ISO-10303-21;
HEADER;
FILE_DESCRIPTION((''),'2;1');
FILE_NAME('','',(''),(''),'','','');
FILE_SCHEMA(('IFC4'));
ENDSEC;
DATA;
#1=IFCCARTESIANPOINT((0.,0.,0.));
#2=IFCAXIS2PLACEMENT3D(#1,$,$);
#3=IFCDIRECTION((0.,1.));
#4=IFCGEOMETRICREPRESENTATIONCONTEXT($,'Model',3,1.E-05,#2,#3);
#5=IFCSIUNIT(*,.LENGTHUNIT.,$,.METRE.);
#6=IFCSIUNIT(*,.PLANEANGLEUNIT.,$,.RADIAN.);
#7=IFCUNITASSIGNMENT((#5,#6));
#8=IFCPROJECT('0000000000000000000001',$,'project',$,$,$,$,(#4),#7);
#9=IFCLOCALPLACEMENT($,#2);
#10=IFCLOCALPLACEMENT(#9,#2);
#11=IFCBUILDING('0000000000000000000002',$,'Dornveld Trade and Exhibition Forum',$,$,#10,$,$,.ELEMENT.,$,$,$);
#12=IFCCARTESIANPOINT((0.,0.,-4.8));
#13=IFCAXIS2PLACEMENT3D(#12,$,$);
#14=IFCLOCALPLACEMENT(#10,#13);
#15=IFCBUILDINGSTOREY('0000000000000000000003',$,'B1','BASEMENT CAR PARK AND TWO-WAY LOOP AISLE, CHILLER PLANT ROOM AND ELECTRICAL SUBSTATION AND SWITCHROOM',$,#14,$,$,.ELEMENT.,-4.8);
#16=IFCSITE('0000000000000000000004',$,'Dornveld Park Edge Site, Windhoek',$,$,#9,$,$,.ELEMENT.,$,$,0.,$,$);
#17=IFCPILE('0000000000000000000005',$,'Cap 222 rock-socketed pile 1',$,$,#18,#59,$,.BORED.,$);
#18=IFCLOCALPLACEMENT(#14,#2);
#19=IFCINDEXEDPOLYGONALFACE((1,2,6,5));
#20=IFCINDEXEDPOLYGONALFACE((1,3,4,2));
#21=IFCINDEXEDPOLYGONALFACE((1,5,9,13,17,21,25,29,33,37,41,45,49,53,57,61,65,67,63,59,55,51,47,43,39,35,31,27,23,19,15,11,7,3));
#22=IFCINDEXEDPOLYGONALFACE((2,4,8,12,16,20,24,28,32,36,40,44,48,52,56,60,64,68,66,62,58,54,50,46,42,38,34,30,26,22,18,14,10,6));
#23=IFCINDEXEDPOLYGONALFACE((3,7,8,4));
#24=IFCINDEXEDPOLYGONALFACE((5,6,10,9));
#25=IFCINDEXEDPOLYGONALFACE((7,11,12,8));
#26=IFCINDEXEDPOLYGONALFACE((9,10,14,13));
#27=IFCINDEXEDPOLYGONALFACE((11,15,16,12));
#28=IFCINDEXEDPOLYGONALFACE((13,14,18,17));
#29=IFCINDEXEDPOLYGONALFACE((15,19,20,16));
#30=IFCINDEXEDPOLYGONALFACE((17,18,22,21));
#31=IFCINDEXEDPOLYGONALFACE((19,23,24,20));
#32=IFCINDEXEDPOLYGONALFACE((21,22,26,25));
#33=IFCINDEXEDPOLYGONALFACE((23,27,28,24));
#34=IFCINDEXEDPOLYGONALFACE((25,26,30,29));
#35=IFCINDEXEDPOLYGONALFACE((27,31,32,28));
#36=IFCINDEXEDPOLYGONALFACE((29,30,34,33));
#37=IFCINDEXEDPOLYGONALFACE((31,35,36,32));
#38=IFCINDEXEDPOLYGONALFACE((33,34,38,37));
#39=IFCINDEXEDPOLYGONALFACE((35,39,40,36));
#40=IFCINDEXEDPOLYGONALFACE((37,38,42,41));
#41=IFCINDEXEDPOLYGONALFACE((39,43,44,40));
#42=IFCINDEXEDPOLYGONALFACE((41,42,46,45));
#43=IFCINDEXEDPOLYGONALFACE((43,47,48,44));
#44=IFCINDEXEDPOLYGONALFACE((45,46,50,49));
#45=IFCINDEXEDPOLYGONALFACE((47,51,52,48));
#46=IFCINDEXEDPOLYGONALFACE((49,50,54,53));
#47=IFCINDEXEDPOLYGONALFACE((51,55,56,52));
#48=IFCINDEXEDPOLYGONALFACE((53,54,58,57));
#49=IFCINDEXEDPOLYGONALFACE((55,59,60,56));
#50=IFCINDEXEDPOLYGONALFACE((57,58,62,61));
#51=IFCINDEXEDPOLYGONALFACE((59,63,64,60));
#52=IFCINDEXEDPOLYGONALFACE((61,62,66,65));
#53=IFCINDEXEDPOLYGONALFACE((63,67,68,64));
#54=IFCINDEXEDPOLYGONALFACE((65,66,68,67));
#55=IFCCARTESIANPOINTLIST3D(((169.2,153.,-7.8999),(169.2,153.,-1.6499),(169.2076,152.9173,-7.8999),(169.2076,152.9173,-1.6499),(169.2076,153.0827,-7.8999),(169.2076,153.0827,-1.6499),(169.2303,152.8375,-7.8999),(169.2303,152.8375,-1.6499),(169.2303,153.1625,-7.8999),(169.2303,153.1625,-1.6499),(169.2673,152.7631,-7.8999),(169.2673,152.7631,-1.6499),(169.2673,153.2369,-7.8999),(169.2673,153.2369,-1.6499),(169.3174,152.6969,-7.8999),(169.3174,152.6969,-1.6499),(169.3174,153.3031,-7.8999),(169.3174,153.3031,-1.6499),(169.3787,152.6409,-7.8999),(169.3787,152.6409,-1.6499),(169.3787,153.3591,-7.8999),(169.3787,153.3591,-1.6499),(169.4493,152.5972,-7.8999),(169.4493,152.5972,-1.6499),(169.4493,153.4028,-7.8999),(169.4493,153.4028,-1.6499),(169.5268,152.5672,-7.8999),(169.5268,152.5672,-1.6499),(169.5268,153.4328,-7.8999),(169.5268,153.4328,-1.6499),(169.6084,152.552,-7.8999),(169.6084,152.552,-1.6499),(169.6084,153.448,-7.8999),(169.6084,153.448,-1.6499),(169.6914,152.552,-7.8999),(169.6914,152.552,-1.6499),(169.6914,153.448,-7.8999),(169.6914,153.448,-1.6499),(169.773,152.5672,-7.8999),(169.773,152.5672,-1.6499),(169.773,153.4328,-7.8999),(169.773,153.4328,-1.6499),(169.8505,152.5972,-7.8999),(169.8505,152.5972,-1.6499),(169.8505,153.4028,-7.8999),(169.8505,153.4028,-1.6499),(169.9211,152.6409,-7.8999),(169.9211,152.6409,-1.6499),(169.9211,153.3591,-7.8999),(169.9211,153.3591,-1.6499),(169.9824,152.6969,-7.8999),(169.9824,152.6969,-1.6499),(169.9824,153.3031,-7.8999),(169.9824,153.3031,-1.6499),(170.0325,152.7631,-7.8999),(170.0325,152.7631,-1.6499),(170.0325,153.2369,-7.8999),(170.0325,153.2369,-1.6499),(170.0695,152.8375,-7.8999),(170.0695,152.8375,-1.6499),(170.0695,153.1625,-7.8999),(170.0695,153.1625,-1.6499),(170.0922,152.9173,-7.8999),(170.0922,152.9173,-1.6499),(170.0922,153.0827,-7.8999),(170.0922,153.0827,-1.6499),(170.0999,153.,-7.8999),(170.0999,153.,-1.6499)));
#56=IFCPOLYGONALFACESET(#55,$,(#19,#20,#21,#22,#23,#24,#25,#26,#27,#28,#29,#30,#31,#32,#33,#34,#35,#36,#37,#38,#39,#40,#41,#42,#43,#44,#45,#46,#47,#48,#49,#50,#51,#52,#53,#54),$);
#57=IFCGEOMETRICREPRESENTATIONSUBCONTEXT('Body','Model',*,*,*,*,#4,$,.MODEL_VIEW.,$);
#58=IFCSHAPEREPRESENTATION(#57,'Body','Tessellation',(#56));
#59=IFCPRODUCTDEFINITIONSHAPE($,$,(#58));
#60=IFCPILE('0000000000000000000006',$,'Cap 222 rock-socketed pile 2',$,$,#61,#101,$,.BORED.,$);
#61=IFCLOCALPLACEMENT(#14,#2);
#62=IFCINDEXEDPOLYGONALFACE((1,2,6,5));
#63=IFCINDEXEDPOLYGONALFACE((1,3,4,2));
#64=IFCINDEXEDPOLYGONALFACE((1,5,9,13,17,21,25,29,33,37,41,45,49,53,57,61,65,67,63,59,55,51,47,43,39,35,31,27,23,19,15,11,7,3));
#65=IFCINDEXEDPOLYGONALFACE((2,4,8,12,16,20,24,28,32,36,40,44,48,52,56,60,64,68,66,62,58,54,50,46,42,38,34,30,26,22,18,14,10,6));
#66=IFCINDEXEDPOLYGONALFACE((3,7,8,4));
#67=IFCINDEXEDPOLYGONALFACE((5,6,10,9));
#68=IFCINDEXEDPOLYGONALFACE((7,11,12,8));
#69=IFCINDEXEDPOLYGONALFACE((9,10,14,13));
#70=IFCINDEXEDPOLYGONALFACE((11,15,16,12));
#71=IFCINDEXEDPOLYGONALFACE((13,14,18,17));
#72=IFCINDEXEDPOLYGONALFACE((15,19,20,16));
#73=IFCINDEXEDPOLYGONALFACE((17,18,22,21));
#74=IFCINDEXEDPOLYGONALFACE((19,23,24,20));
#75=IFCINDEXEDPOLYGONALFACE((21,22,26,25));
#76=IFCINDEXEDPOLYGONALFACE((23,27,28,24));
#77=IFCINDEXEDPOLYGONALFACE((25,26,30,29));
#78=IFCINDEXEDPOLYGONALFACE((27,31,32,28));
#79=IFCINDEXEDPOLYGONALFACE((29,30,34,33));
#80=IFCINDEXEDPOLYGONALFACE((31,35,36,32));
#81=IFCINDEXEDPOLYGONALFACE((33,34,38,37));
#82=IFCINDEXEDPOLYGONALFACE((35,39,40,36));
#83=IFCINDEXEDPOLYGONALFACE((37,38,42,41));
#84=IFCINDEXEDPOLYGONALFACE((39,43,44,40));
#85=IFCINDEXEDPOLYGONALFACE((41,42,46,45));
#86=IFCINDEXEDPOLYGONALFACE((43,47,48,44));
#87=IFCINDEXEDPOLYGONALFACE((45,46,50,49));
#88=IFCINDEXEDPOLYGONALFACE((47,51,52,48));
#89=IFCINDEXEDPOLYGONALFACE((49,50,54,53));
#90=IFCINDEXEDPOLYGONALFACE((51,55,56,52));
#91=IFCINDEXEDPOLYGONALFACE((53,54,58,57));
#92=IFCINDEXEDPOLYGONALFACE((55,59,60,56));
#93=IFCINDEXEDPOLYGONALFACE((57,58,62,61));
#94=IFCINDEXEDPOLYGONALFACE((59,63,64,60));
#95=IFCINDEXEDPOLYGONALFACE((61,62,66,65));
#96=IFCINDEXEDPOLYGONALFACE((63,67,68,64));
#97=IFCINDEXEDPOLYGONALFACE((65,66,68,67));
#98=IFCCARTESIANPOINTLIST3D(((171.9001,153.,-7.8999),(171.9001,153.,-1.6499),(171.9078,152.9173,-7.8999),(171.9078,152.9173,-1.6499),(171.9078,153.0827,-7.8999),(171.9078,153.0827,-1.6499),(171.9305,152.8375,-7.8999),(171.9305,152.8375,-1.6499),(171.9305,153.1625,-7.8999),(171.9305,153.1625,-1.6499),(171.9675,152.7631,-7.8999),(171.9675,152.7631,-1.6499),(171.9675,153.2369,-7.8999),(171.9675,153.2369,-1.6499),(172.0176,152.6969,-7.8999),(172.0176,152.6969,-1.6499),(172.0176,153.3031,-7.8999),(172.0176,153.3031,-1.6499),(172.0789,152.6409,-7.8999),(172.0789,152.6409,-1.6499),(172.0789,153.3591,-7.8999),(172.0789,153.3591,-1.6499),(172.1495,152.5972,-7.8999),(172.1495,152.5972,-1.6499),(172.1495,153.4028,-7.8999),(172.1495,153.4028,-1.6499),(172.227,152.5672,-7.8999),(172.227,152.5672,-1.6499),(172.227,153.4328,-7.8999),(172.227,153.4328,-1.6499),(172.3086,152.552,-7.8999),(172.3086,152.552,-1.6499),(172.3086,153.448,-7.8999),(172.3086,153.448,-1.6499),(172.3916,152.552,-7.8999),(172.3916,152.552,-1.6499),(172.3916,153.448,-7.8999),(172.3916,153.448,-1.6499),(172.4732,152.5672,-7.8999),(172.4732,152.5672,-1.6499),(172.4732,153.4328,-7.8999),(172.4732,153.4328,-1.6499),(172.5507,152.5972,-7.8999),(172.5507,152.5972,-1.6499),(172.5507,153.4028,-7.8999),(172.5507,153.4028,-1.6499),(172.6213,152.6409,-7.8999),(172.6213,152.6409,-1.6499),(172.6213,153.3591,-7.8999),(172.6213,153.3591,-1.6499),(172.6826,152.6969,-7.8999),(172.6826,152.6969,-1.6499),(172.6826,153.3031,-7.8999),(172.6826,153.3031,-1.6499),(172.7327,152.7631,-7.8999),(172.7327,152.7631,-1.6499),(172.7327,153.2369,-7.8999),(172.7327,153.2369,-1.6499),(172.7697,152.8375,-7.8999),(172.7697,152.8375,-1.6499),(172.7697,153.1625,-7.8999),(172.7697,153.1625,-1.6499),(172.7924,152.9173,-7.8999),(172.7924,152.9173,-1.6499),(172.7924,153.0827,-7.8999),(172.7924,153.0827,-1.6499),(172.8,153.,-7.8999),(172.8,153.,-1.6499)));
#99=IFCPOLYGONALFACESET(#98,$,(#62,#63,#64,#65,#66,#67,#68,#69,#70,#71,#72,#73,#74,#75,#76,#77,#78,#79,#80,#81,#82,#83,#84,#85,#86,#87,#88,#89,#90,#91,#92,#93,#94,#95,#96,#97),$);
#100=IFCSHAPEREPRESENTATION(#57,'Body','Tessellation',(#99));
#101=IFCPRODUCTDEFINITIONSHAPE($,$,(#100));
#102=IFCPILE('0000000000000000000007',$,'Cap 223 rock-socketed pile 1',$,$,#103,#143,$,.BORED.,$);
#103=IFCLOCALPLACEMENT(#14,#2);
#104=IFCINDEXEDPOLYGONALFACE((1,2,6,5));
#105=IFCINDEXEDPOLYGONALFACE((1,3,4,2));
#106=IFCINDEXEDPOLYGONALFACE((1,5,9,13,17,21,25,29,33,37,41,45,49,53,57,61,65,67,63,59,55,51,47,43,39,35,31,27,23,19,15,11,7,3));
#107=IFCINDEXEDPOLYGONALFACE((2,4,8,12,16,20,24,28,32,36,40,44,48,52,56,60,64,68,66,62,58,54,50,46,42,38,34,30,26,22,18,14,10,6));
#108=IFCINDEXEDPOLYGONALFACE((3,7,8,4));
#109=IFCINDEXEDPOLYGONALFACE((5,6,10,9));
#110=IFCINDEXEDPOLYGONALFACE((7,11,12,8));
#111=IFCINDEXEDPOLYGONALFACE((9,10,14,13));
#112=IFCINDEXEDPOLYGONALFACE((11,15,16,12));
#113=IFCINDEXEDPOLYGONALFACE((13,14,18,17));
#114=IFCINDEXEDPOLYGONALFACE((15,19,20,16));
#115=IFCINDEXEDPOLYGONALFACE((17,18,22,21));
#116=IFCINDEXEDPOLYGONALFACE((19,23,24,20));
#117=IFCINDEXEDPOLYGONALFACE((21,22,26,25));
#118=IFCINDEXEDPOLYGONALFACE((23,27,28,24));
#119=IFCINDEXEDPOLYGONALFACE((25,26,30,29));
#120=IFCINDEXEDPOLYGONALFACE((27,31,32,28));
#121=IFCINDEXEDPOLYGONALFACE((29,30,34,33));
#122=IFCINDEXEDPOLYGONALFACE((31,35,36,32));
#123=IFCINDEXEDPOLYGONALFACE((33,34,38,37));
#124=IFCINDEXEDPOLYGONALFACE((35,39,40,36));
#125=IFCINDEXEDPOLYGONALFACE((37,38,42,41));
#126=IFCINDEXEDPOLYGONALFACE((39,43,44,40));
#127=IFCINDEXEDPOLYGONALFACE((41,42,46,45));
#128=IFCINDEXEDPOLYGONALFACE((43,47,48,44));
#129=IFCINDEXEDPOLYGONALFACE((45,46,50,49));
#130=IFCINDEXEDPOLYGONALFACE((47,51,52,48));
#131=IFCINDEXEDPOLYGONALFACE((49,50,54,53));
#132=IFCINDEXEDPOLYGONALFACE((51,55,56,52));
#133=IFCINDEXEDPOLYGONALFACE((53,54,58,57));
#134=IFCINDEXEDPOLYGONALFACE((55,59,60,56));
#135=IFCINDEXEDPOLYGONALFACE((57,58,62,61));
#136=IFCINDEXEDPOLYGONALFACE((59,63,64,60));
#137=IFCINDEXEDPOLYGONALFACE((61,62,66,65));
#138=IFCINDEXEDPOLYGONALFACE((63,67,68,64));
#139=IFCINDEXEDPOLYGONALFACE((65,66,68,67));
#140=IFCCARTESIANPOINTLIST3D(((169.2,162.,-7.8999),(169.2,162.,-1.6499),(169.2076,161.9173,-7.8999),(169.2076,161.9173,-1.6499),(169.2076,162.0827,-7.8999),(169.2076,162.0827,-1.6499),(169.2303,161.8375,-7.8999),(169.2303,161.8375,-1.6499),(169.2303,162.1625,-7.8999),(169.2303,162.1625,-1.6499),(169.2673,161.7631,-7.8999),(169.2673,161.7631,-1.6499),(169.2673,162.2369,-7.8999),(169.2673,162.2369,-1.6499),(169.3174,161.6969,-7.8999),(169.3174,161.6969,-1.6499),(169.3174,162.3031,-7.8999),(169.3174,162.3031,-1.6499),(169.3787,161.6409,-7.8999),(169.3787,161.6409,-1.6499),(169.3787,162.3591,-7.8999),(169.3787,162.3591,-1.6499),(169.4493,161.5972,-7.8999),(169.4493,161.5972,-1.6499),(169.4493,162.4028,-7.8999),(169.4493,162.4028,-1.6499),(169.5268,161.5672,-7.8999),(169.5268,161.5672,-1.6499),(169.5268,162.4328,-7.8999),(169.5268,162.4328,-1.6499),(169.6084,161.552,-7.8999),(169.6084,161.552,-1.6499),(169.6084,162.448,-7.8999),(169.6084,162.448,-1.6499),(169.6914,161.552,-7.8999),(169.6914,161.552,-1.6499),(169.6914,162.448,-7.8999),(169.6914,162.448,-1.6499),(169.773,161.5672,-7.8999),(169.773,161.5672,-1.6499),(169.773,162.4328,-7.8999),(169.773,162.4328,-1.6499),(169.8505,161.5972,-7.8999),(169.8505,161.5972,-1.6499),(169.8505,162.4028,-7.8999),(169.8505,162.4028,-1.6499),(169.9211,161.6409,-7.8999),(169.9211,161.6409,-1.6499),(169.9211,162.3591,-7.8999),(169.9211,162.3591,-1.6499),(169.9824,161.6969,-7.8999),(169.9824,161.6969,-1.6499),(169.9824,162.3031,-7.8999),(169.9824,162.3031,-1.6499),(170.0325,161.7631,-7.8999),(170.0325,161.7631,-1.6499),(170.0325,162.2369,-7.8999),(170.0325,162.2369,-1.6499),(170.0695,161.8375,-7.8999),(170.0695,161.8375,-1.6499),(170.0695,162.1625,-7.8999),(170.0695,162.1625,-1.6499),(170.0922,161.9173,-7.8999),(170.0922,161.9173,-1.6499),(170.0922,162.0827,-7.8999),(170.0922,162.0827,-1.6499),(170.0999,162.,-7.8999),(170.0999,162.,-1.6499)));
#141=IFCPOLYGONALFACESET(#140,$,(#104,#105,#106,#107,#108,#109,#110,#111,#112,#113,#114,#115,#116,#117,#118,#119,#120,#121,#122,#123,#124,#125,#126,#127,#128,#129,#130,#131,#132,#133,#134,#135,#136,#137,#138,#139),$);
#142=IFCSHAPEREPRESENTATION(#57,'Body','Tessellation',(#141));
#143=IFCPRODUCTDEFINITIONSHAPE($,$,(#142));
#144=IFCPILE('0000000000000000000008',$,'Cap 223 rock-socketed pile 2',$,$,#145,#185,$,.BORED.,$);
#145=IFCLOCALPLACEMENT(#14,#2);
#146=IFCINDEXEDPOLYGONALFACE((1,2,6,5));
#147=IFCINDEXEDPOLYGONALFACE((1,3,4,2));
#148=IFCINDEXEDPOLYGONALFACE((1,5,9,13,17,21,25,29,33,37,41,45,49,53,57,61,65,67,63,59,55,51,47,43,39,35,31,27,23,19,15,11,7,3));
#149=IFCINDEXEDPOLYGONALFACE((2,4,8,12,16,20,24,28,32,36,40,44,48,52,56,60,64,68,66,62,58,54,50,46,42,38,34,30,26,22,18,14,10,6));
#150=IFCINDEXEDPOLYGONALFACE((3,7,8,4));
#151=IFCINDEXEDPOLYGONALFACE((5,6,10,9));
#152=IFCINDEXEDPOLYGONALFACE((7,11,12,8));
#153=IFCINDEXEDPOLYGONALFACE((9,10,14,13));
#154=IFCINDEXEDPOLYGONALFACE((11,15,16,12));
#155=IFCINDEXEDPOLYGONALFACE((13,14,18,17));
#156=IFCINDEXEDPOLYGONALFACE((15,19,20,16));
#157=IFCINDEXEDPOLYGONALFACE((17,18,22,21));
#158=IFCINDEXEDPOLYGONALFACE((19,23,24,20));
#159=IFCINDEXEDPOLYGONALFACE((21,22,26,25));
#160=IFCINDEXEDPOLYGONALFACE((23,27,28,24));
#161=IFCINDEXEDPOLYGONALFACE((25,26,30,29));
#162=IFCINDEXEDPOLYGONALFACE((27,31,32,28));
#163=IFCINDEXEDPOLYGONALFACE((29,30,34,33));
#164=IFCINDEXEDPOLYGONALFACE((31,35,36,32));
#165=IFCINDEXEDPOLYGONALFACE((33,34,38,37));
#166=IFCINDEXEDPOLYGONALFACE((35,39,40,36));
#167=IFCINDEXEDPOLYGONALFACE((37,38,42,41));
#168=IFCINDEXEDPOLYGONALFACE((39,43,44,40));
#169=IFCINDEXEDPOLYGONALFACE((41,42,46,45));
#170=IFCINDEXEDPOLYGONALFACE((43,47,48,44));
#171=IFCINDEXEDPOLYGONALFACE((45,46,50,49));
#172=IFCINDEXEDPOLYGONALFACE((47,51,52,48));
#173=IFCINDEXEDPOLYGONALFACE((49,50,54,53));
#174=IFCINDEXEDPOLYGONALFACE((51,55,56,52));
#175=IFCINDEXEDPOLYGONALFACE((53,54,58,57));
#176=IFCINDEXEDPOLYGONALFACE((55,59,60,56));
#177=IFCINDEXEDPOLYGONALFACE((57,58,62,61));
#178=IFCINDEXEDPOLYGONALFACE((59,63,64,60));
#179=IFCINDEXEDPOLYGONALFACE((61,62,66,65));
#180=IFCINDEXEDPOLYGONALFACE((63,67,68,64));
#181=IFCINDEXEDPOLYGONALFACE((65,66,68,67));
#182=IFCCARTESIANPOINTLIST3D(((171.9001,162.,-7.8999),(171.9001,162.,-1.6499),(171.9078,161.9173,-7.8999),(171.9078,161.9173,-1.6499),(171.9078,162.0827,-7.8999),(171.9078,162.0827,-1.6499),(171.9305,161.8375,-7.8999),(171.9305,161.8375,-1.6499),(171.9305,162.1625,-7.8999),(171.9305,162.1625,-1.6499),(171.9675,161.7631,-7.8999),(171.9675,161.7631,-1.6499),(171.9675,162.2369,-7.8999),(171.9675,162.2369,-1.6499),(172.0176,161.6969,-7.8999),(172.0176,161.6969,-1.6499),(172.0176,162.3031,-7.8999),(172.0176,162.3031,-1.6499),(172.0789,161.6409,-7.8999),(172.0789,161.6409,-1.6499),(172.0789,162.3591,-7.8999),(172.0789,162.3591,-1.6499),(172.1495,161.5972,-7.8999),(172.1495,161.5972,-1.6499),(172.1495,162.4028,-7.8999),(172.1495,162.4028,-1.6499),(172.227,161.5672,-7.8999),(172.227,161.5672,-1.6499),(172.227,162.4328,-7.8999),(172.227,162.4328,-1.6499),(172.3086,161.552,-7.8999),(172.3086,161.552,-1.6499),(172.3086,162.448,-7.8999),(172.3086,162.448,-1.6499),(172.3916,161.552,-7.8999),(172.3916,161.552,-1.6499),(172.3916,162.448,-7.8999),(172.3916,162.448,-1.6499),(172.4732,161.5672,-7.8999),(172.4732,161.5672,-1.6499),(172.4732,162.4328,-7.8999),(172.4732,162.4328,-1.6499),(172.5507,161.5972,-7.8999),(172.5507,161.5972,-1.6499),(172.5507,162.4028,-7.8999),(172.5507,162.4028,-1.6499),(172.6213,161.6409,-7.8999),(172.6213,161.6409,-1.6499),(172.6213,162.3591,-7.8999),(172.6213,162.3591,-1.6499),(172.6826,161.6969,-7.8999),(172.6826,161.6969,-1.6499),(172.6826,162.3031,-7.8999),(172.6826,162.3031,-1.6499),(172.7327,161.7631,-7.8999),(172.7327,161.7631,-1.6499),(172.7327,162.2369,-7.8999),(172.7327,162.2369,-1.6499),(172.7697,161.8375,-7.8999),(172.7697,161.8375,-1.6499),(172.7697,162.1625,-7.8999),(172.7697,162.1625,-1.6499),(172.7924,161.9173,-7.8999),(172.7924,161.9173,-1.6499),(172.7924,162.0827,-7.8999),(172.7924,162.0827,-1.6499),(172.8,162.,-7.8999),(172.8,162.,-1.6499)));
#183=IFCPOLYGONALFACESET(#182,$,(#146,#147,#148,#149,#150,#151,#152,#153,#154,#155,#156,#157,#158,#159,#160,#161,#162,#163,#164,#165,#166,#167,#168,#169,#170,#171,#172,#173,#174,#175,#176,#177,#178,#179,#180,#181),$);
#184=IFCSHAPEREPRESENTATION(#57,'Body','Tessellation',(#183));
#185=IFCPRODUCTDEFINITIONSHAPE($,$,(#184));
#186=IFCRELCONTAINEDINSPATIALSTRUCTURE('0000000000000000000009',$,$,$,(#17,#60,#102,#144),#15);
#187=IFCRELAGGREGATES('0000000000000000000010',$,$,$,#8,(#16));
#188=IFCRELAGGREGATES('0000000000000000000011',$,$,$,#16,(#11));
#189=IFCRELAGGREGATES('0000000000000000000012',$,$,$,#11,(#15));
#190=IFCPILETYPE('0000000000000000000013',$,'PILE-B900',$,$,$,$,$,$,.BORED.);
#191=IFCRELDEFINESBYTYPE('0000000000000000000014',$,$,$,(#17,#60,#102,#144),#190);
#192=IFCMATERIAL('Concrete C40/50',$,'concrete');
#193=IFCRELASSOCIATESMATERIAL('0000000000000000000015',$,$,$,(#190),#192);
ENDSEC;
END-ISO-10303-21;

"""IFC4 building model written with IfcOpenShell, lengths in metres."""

from ifc_helpers import new_model, si_unit, direction, frame, origin, origin_2d, place, context, subcontext, project, spatial, circle, extrude, material, material_profile, profile_set, type_object, element, save


model = new_model("IFC4")

# Units and contexts
model_context = context("Model", 3, precision=1e-05, world=origin(), true_north=direction((0.0, 1.0)))
body_context = subcontext(model_context, "Body", "Model", "MODEL_VIEW")
ifc_project = project(units=[si_unit("LENGTHUNIT", "METRE"), si_unit("PLANEANGLEUNIT", "RADIAN")], contexts=[model_context])

# Site, building, storey
site_placement = place(None, origin())
site = spatial("IfcSite", under=ifc_project, at=site_placement, Name="Dornveld Park Edge Site, Windhoek", CompositionType="ELEMENT", RefElevation=0.0)
building_placement = place(site_placement, origin())
building = spatial("IfcBuilding", under=site, at=building_placement, Name="Dornveld Trade and Exhibition Forum", CompositionType="ELEMENT")
storey_placement = place(building_placement, frame((0.0, 0.0, -4.8)))
storey = spatial("IfcBuildingStorey", under=building, at=storey_placement, Name="B1", Description="BASEMENT CAR PARK AND TWO-WAY LOOP AISLE, CHILLER PLANT ROOM AND ELECTRICAL SUBSTATION AND SWITCHROOM", CompositionType="ELEMENT", Elevation=-4.8)

# Piles
ifc_material_1 = material(Name="Concrete C40/50", Category="concrete")
ifc_material_profile_1 = material_profile(ifc_material_1, circle(Radius=0.45, at=origin_2d()), Name="PILE D900")
ifc_profile_set_1 = profile_set([ifc_material_profile_1], Name="Concrete C40/50")
pile_type = type_object("IfcPileType", Name="PILE-B900", PredefinedType="BORED", material=ifc_profile_set_1)
for number, where, z_axis, x_axis, name in (
    (1, (169.6499, 153.0, -1.6499), (0.0, 0.0, -1.0), (1.0, 0.0, 0.0), "Cap 222 rock-socketed pile 1"),
    (2, (172.3501, 153.0, -1.6499), (0.0, 0.0, -1.0), (1.0, 0.0, 0.0), "Cap 222 rock-socketed pile 2"),
    (3, (169.6499, 162.0, -1.6499), (0.0, 0.0, -1.0), (1.0, 0.0, 0.0), "Cap 223 rock-socketed pile 1"),
    (4, (172.3501, 162.0, -1.6499), (0.0, 0.0, -1.0), (1.0, 0.0, 0.0), "Cap 223 rock-socketed pile 2"),
):
    element("IfcPile", number, at=place(storey_placement, frame(where, z_axis=z_axis, x_axis=x_axis)), inside=storey, type_object=pile_type, Name=name, PredefinedType="BORED", context=body_context, shape_type="SweptSolid", body=[
        extrude(circle(Radius=0.45, at=origin_2d()), origin(), (0.0, 0.0, 1.0), 6.25),
    ])

save(model, "model.ifc")
